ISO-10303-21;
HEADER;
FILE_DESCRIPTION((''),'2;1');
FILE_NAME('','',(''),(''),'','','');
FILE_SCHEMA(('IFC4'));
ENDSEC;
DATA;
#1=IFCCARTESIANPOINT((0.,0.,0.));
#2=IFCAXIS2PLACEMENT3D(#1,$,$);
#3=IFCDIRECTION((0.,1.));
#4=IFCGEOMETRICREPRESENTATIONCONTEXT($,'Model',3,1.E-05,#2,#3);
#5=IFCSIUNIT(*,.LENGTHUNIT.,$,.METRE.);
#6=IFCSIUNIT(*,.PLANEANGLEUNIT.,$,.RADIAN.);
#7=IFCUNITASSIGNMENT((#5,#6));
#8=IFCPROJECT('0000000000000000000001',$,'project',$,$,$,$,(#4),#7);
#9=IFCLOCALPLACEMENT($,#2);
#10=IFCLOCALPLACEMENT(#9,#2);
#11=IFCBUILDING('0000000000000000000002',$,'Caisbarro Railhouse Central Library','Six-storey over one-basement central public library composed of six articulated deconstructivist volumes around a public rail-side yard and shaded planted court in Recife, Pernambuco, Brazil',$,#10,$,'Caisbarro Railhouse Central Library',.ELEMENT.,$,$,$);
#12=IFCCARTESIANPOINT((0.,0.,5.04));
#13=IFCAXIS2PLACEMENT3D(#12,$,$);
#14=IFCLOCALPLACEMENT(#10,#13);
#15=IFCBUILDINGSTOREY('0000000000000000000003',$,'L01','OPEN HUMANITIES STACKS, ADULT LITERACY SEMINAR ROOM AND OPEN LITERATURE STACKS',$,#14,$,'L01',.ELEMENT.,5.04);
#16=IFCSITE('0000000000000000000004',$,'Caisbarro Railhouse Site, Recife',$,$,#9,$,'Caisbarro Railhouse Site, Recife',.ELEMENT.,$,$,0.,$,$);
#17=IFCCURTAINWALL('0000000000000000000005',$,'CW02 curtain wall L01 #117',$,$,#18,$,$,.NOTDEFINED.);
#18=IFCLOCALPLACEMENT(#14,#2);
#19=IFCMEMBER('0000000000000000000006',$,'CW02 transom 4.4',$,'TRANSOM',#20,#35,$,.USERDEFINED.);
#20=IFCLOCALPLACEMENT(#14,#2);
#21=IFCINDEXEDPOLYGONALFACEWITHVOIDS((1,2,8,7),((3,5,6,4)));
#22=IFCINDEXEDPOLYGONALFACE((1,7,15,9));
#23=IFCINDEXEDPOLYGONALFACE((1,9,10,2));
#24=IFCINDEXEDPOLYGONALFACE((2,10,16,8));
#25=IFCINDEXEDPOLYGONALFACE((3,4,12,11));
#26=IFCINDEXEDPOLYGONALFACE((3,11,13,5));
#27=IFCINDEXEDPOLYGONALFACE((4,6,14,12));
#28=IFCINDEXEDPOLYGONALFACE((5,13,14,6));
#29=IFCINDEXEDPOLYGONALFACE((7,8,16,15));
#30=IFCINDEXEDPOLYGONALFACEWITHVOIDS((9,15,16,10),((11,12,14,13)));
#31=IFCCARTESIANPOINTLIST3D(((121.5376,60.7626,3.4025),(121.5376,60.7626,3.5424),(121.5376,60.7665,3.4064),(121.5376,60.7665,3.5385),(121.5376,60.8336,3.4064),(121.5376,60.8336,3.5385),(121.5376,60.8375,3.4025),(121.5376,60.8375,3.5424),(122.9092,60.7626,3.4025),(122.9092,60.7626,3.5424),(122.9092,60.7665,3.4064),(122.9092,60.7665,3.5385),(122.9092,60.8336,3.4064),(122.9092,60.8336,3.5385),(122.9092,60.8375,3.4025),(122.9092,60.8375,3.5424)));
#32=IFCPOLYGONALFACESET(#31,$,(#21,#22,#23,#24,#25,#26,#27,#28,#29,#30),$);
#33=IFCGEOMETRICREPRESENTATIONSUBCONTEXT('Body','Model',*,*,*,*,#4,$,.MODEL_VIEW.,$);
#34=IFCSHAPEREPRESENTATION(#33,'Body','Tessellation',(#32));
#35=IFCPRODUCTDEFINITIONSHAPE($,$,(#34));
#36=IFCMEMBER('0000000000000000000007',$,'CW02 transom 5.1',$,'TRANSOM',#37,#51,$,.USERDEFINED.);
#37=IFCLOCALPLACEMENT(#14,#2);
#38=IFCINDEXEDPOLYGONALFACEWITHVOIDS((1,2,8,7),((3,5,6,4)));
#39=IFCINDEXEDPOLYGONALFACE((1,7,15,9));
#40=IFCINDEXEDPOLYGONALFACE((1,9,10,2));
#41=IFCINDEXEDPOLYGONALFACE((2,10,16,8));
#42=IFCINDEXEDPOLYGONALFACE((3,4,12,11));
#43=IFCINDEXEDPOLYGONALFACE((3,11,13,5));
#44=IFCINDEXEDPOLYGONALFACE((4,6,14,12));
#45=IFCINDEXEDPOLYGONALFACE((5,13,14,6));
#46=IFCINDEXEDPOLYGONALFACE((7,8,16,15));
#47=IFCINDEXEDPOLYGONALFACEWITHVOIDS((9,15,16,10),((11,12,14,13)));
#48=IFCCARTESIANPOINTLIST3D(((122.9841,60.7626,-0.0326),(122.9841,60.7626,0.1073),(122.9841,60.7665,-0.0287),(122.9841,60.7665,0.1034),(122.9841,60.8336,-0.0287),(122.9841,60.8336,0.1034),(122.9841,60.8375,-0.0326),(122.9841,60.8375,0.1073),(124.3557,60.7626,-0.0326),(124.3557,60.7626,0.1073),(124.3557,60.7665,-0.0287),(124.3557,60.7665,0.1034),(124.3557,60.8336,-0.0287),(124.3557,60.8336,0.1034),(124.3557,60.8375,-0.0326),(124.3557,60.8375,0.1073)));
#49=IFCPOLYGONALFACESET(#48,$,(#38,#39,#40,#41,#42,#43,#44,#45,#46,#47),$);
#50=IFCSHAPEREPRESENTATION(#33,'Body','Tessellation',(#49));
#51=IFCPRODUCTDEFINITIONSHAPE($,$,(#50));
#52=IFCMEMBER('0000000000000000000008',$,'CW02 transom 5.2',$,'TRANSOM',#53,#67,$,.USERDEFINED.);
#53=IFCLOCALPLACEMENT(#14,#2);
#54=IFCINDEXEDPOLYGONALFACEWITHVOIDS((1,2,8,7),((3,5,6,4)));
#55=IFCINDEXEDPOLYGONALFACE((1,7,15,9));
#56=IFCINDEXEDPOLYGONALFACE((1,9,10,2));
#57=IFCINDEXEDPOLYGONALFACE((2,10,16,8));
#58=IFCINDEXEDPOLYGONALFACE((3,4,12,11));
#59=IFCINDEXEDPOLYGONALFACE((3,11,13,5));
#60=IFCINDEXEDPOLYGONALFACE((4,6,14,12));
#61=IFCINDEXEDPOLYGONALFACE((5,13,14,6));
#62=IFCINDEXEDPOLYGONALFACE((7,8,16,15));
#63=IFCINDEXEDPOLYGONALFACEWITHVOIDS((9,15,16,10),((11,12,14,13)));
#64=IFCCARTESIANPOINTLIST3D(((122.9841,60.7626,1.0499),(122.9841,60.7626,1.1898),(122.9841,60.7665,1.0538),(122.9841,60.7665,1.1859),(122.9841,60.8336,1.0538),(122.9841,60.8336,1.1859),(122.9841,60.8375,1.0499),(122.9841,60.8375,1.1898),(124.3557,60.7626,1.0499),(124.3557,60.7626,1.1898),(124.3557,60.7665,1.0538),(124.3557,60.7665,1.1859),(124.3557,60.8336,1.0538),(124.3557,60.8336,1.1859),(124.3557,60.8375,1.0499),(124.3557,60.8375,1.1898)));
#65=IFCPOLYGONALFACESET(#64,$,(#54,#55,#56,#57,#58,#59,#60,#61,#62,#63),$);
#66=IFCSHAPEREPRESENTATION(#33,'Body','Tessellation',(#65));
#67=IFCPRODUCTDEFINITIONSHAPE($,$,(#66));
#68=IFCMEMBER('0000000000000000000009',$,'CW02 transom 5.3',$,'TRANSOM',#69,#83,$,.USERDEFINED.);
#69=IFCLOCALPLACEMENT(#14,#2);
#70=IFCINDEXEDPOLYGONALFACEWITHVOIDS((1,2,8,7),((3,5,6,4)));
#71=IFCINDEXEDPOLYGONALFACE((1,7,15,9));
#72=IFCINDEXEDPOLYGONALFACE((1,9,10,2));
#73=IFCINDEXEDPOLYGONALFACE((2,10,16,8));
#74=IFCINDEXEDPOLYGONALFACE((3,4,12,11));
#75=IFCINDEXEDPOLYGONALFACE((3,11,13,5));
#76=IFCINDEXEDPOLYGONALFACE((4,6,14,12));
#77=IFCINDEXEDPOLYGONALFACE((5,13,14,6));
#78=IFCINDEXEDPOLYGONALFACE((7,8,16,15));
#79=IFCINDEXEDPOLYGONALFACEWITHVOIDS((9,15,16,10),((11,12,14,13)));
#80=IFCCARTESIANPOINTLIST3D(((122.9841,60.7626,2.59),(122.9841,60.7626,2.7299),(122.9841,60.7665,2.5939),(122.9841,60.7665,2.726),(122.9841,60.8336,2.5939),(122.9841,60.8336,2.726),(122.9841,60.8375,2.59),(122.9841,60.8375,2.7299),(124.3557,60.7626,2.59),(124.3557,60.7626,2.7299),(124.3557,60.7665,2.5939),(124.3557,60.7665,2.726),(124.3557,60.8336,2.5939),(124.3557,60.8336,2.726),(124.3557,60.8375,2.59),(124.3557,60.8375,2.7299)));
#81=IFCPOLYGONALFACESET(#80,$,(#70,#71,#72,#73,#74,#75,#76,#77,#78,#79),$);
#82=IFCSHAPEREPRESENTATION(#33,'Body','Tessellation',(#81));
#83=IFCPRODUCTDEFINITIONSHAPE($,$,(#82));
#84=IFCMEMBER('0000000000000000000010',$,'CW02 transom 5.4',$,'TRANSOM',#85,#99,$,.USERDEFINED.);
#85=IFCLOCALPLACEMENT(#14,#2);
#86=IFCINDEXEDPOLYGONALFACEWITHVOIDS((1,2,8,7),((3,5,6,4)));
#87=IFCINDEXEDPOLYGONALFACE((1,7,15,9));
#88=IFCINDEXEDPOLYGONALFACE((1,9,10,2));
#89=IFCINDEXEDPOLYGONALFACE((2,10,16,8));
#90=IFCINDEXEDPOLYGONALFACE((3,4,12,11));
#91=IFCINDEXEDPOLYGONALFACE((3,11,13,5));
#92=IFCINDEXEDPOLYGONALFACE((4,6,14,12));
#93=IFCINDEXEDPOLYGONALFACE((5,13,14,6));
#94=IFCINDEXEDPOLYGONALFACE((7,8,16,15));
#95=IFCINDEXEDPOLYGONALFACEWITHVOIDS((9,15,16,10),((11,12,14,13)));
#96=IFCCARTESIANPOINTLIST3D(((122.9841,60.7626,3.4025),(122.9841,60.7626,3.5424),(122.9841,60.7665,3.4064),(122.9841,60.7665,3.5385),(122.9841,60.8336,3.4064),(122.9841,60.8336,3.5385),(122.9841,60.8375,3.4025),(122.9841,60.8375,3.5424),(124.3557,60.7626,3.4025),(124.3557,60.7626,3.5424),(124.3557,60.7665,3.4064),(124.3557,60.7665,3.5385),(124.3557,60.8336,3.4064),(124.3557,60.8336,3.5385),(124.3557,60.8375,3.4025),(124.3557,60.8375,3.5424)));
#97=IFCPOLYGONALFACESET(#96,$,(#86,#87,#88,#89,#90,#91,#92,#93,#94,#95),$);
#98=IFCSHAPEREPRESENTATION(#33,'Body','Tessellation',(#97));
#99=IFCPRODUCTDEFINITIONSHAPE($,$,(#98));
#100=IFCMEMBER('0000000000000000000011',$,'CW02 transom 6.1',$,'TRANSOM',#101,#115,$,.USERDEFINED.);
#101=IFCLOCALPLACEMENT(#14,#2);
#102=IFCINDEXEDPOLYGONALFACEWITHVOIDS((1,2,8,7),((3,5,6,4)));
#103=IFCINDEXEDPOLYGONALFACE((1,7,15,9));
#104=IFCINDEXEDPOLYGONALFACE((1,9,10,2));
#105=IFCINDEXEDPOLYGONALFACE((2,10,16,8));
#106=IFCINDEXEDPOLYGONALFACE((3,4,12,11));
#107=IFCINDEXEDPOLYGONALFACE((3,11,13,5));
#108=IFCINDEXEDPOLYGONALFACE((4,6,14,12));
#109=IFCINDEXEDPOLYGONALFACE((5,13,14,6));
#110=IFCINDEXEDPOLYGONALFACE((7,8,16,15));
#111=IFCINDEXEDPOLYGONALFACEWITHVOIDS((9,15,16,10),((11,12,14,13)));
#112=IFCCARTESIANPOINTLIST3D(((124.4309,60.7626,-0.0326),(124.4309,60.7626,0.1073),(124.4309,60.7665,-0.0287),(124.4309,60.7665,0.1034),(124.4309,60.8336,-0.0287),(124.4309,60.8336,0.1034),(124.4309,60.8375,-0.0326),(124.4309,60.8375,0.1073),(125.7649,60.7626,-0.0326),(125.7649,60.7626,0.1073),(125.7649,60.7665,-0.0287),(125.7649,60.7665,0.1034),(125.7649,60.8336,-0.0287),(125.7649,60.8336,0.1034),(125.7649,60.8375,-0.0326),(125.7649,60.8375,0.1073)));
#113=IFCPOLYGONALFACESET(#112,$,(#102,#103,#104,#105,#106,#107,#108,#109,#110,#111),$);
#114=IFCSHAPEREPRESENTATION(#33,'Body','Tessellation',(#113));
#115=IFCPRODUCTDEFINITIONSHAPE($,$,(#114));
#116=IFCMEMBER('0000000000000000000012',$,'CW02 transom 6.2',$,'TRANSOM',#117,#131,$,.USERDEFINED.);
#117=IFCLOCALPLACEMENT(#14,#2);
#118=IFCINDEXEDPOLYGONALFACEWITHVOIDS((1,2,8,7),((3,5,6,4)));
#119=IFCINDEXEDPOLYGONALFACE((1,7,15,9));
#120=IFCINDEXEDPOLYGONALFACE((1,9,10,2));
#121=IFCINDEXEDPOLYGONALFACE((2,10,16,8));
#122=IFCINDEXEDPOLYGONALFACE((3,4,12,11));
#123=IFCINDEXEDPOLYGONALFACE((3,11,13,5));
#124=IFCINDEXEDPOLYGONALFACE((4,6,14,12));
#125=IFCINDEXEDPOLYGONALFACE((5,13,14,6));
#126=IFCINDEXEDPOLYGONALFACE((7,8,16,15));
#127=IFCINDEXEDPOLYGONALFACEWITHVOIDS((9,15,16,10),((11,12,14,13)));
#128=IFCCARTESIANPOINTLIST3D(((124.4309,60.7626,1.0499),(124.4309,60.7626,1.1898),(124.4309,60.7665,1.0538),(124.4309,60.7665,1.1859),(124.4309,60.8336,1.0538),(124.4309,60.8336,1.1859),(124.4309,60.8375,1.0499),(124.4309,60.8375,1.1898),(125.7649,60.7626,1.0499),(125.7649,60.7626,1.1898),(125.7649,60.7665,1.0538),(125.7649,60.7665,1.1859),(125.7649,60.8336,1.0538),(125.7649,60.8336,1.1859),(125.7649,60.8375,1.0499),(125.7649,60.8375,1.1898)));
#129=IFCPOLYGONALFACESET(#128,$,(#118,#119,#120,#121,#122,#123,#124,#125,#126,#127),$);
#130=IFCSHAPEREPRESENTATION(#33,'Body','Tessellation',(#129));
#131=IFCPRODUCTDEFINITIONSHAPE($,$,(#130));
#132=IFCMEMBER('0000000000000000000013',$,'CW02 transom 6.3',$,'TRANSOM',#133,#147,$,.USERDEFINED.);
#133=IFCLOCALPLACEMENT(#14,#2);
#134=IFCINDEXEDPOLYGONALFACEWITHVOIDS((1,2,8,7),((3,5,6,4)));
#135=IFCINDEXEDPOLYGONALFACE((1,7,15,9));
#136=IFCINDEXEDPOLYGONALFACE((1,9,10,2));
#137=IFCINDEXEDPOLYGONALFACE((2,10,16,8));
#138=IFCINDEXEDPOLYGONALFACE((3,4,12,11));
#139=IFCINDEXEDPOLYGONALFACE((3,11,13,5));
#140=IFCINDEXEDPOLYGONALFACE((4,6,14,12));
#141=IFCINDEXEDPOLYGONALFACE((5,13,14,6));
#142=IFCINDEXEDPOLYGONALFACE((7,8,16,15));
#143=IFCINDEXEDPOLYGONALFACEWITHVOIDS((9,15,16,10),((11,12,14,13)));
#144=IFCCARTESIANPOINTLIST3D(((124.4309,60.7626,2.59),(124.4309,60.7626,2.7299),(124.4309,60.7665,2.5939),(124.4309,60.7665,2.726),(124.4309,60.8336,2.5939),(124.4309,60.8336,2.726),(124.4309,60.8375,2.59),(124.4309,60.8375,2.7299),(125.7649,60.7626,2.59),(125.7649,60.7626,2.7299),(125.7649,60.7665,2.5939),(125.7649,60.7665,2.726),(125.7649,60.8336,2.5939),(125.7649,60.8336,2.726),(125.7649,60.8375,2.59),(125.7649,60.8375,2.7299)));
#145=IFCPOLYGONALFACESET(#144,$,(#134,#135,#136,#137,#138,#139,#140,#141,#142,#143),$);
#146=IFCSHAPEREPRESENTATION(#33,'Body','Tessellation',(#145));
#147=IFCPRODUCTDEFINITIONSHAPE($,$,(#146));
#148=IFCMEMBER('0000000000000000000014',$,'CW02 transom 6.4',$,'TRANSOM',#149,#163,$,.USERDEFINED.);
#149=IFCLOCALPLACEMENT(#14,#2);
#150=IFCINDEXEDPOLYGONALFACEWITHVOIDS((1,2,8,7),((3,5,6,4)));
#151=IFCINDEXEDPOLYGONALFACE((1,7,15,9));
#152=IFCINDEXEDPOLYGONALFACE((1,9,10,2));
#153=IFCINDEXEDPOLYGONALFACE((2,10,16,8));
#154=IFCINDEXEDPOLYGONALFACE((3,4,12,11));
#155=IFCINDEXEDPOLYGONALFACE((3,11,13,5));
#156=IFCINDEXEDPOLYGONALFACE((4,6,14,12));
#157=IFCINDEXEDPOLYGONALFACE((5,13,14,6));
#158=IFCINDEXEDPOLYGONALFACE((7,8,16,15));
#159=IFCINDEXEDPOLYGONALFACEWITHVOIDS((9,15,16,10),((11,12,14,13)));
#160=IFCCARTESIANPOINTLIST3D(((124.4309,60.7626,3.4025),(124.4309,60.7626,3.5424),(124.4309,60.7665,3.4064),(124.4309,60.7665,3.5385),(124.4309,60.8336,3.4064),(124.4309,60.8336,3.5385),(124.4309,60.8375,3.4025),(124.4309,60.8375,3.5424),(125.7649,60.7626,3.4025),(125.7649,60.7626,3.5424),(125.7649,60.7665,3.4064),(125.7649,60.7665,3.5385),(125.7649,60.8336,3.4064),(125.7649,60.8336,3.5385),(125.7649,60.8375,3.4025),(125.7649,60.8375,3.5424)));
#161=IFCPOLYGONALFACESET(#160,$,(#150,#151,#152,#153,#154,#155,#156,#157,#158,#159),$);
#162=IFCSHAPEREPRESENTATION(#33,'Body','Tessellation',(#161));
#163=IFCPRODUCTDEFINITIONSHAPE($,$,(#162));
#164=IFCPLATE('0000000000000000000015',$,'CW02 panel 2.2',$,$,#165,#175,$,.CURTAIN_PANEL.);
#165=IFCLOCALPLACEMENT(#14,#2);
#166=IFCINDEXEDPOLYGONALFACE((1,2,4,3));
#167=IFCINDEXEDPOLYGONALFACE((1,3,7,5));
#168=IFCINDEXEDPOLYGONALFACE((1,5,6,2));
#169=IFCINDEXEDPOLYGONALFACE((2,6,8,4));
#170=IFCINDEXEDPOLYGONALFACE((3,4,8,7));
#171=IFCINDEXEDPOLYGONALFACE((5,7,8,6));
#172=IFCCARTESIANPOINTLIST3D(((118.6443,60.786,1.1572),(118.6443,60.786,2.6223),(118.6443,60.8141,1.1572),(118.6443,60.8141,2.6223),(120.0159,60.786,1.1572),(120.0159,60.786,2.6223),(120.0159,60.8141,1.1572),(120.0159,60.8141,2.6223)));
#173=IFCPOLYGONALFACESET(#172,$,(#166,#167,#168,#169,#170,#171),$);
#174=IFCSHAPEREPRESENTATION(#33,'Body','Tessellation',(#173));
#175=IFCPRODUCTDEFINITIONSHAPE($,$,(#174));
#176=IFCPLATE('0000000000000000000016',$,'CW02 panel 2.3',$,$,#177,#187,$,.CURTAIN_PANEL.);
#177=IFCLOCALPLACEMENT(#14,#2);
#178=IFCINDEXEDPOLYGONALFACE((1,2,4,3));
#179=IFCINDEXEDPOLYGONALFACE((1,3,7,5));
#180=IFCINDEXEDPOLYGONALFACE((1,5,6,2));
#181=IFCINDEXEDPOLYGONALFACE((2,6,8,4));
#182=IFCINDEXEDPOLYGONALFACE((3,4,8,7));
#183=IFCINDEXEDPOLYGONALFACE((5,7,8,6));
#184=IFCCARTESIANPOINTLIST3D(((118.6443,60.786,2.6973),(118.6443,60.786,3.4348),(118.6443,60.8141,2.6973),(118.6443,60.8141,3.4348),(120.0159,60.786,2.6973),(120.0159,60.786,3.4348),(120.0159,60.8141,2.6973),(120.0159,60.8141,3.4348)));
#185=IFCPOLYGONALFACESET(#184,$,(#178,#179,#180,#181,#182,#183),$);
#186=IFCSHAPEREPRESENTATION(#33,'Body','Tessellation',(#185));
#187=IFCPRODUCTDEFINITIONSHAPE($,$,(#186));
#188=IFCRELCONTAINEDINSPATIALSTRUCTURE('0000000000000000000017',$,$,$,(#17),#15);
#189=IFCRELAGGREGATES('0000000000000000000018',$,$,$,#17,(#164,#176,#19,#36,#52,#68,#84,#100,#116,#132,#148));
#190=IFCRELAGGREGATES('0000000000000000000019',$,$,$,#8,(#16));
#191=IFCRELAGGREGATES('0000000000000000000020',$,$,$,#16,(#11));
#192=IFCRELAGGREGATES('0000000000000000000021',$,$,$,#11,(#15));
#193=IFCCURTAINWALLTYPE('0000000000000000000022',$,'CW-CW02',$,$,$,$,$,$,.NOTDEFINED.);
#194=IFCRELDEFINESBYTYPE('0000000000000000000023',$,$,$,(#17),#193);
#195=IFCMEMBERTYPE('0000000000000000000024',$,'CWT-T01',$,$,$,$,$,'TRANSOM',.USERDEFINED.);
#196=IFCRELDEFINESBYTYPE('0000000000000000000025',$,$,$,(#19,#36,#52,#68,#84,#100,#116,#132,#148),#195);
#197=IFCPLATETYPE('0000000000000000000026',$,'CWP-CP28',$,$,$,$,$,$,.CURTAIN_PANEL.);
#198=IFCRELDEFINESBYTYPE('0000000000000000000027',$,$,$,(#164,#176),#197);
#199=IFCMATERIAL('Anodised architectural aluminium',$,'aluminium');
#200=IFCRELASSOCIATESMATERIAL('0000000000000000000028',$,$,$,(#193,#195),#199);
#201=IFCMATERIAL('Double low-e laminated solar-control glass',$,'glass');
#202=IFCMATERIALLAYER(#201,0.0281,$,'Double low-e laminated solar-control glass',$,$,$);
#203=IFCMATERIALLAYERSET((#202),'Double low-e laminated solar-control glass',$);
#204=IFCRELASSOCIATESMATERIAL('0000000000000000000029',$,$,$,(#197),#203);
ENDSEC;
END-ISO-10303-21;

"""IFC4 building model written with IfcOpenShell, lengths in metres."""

from ifc_helpers import new_model, si_unit, direction, frame, origin, origin_2d, place, context, subcontext, project, spatial, rectangle, hollow_rectangle, extrude, material, layer, layer_set, material_profile, profile_set, type_object, element, aggregate, save


model = new_model("IFC4")

# Units and contexts
model_context = context("Model", 3, precision=1e-05, world=origin(), true_north=direction((0.0, 1.0)))
body_context = subcontext(model_context, "Body", "Model", "MODEL_VIEW")
ifc_project = project(units=[si_unit("LENGTHUNIT", "METRE"), si_unit("PLANEANGLEUNIT", "RADIAN")], contexts=[model_context])

# Site, building, storey
site_placement = place(None, origin())
site = spatial("IfcSite", under=ifc_project, at=site_placement, Name="Caisbarro Railhouse Site, Recife", LongName="Caisbarro Railhouse Site, Recife", CompositionType="ELEMENT", RefElevation=0.0)
building_placement = place(site_placement, origin())
building = spatial("IfcBuilding", under=site, at=building_placement, Name="Caisbarro Railhouse Central Library", Description="Six-storey over one-basement central public library composed of six articulated deconstructivist volumes around a public rail-side yard and shaded planted court in Recife, Pernambuco, Brazil", LongName="Caisbarro Railhouse Central Library", CompositionType="ELEMENT")
storey_placement = place(building_placement, frame((0.0, 0.0, 5.04)))
storey = spatial("IfcBuildingStorey", under=building, at=storey_placement, Name="L01", Description="OPEN HUMANITIES STACKS, ADULT LITERACY SEMINAR ROOM AND OPEN LITERATURE STACKS", LongName="L01", CompositionType="ELEMENT", Elevation=5.04)

# Curtain wall, members, plates
ifc_material_1 = material(Name="Anodised architectural aluminium", Category="aluminium")
curtain_wall_type = type_object("IfcCurtainWallType", Name="CW-CW02", PredefinedType="NOTDEFINED", material=ifc_material_1)
curtain_wall_placement = place(storey_placement, origin())
curtain_wall = element("IfcCurtainWall", 1, at=curtain_wall_placement, inside=storey, type_object=curtain_wall_type, Name="CW02 curtain wall L01 #117", PredefinedType="NOTDEFINED")
ifc_material_profile_1 = material_profile(ifc_material_1, hollow_rectangle(XDim=0.075, YDim=0.1399, WallThickness=0.0039, at=origin_2d()), Name="ALU-TRN-75X140")
ifc_profile_set_1 = profile_set([ifc_material_profile_1], Name="Anodised architectural aluminium")
member_type_1 = type_object("IfcMemberType", Name="CWT-T01", ElementType="TRANSOM", PredefinedType="USERDEFINED", material=ifc_profile_set_1)
member_1_placement = place(storey_placement, frame((121.5376, 60.8, 3.4724), z_axis=(1.0, 0.0, 0.0), x_axis=(0.0, 1.0, 0.0)))
member_1 = element("IfcMember", 2, at=member_1_placement, type_object=member_type_1, Name="CW02 transom 4.4", ObjectType="TRANSOM", PredefinedType="USERDEFINED", context=body_context, shape_type="SweptSolid", body=[
    extrude(hollow_rectangle(XDim=0.075, YDim=0.1399, WallThickness=0.0039, at=origin_2d()), origin(), (0.0, 0.0, 1.0), 1.3716),
])
member_2_placement = place(storey_placement, frame((122.9841, 60.8, 0.0374), z_axis=(1.0, 0.0, 0.0), x_axis=(0.0, 1.0, 0.0)))
member_2 = element("IfcMember", 3, at=member_2_placement, type_object=member_type_1, Name="CW02 transom 5.1", ObjectType="TRANSOM", PredefinedType="USERDEFINED", context=body_context, shape_type="SweptSolid", body=[
    extrude(hollow_rectangle(XDim=0.075, YDim=0.1399, WallThickness=0.0039, at=origin_2d()), origin(), (0.0, 0.0, 1.0), 1.3716),
])
member_3_placement = place(storey_placement, frame((122.9841, 60.8, 1.1199), z_axis=(1.0, 0.0, 0.0), x_axis=(0.0, 1.0, 0.0)))
member_3 = element("IfcMember", 4, at=member_3_placement, type_object=member_type_1, Name="CW02 transom 5.2", ObjectType="TRANSOM", PredefinedType="USERDEFINED", context=body_context, shape_type="SweptSolid", body=[
    extrude(hollow_rectangle(XDim=0.075, YDim=0.1399, WallThickness=0.0039, at=origin_2d()), origin(), (0.0, 0.0, 1.0), 1.3716),
])
member_4_placement = place(storey_placement, frame((122.9841, 60.8, 2.6599), z_axis=(1.0, 0.0, 0.0), x_axis=(0.0, 1.0, 0.0)))
member_4 = element("IfcMember", 5, at=member_4_placement, type_object=member_type_1, Name="CW02 transom 5.3", ObjectType="TRANSOM", PredefinedType="USERDEFINED", context=body_context, shape_type="SweptSolid", body=[
    extrude(hollow_rectangle(XDim=0.075, YDim=0.1399, WallThickness=0.0039, at=origin_2d()), origin(), (0.0, 0.0, 1.0), 1.3716),
])
member_5_placement = place(storey_placement, frame((122.9841, 60.8, 3.4724), z_axis=(1.0, 0.0, 0.0), x_axis=(0.0, 1.0, 0.0)))
member_5 = element("IfcMember", 6, at=member_5_placement, type_object=member_type_1, Name="CW02 transom 5.4", ObjectType="TRANSOM", PredefinedType="USERDEFINED", context=body_context, shape_type="SweptSolid", body=[
    extrude(hollow_rectangle(XDim=0.075, YDim=0.1399, WallThickness=0.0039, at=origin_2d()), origin(), (0.0, 0.0, 1.0), 1.3716),
])
member_6_placement = place(storey_placement, frame((124.4309, 60.8, 0.0374), z_axis=(1.0, 0.0, 0.0), x_axis=(0.0, 1.0, 0.0)))
member_6 = element("IfcMember", 7, at=member_6_placement, type_object=member_type_1, Name="CW02 transom 6.1", ObjectType="TRANSOM", PredefinedType="USERDEFINED", context=body_context, shape_type="SweptSolid", body=[
    extrude(hollow_rectangle(XDim=0.075, YDim=0.1399, WallThickness=0.0039, at=origin_2d()), origin(), (0.0, 0.0, 1.0), 1.334),
])
member_7_placement = place(storey_placement, frame((124.4309, 60.8, 1.1199), z_axis=(1.0, 0.0, 0.0), x_axis=(0.0, 1.0, 0.0)))
member_7 = element("IfcMember", 8, at=member_7_placement, type_object=member_type_1, Name="CW02 transom 6.2", ObjectType="TRANSOM", PredefinedType="USERDEFINED", context=body_context, shape_type="SweptSolid", body=[
    extrude(hollow_rectangle(XDim=0.075, YDim=0.1399, WallThickness=0.0039, at=origin_2d()), origin(), (0.0, 0.0, 1.0), 1.334),
])
member_8_placement = place(storey_placement, frame((124.4309, 60.8, 2.6599), z_axis=(1.0, 0.0, 0.0), x_axis=(0.0, 1.0, 0.0)))
member_8 = element("IfcMember", 9, at=member_8_placement, type_object=member_type_1, Name="CW02 transom 6.3", ObjectType="TRANSOM", PredefinedType="USERDEFINED", context=body_context, shape_type="SweptSolid", body=[
    extrude(hollow_rectangle(XDim=0.075, YDim=0.1399, WallThickness=0.0039, at=origin_2d()), origin(), (0.0, 0.0, 1.0), 1.334),
])
member_9_placement = place(storey_placement, frame((124.4309, 60.8, 3.4724), z_axis=(1.0, 0.0, 0.0), x_axis=(0.0, 1.0, 0.0)))
member_9 = element("IfcMember", 10, at=member_9_placement, type_object=member_type_1, Name="CW02 transom 6.4", ObjectType="TRANSOM", PredefinedType="USERDEFINED", context=body_context, shape_type="SweptSolid", body=[
    extrude(hollow_rectangle(XDim=0.075, YDim=0.1399, WallThickness=0.0039, at=origin_2d()), origin(), (0.0, 0.0, 1.0), 1.334),
])
ifc_material_2 = material(Name="Double low-e laminated solar-control glass", Category="glass")
ifc_layer = layer(ifc_material_2, 0.0281, Name="Double low-e laminated solar-control glass")
ifc_layer_set = layer_set([ifc_layer], Name="Double low-e laminated solar-control glass")
plate_type = type_object("IfcPlateType", Name="CWP-CP28", PredefinedType="CURTAIN_PANEL", material=ifc_layer_set)
plate_1_placement = place(storey_placement, frame((119.3301, 60.8, 1.1572), z_axis=(0.0, 0.0, 1.0), x_axis=(1.0, 0.0, 0.0)))
plate_1 = element("IfcPlate", 11, at=plate_1_placement, type_object=plate_type, Name="CW02 panel 2.2", PredefinedType="CURTAIN_PANEL", context=body_context, shape_type="SweptSolid", body=[
    extrude(rectangle(XDim=1.3716, YDim=0.0281, at=origin_2d()), origin(), (0.0, 0.0, 1.0), 1.4651),
])
plate_2_placement = place(storey_placement, frame((119.3301, 60.8, 2.6973), z_axis=(0.0, 0.0, 1.0), x_axis=(1.0, 0.0, 0.0)))
plate_2 = element("IfcPlate", 12, at=plate_2_placement, type_object=plate_type, Name="CW02 panel 2.3", PredefinedType="CURTAIN_PANEL", context=body_context, shape_type="SweptSolid", body=[
    extrude(rectangle(XDim=1.3716, YDim=0.0281, at=origin_2d()), origin(), (0.0, 0.0, 1.0), 0.7375),
])
aggregate(curtain_wall, [plate_1, plate_2, member_1, member_2, member_3, member_4, member_5, member_6, member_7, member_8, member_9])

save(model, "model.ifc")
